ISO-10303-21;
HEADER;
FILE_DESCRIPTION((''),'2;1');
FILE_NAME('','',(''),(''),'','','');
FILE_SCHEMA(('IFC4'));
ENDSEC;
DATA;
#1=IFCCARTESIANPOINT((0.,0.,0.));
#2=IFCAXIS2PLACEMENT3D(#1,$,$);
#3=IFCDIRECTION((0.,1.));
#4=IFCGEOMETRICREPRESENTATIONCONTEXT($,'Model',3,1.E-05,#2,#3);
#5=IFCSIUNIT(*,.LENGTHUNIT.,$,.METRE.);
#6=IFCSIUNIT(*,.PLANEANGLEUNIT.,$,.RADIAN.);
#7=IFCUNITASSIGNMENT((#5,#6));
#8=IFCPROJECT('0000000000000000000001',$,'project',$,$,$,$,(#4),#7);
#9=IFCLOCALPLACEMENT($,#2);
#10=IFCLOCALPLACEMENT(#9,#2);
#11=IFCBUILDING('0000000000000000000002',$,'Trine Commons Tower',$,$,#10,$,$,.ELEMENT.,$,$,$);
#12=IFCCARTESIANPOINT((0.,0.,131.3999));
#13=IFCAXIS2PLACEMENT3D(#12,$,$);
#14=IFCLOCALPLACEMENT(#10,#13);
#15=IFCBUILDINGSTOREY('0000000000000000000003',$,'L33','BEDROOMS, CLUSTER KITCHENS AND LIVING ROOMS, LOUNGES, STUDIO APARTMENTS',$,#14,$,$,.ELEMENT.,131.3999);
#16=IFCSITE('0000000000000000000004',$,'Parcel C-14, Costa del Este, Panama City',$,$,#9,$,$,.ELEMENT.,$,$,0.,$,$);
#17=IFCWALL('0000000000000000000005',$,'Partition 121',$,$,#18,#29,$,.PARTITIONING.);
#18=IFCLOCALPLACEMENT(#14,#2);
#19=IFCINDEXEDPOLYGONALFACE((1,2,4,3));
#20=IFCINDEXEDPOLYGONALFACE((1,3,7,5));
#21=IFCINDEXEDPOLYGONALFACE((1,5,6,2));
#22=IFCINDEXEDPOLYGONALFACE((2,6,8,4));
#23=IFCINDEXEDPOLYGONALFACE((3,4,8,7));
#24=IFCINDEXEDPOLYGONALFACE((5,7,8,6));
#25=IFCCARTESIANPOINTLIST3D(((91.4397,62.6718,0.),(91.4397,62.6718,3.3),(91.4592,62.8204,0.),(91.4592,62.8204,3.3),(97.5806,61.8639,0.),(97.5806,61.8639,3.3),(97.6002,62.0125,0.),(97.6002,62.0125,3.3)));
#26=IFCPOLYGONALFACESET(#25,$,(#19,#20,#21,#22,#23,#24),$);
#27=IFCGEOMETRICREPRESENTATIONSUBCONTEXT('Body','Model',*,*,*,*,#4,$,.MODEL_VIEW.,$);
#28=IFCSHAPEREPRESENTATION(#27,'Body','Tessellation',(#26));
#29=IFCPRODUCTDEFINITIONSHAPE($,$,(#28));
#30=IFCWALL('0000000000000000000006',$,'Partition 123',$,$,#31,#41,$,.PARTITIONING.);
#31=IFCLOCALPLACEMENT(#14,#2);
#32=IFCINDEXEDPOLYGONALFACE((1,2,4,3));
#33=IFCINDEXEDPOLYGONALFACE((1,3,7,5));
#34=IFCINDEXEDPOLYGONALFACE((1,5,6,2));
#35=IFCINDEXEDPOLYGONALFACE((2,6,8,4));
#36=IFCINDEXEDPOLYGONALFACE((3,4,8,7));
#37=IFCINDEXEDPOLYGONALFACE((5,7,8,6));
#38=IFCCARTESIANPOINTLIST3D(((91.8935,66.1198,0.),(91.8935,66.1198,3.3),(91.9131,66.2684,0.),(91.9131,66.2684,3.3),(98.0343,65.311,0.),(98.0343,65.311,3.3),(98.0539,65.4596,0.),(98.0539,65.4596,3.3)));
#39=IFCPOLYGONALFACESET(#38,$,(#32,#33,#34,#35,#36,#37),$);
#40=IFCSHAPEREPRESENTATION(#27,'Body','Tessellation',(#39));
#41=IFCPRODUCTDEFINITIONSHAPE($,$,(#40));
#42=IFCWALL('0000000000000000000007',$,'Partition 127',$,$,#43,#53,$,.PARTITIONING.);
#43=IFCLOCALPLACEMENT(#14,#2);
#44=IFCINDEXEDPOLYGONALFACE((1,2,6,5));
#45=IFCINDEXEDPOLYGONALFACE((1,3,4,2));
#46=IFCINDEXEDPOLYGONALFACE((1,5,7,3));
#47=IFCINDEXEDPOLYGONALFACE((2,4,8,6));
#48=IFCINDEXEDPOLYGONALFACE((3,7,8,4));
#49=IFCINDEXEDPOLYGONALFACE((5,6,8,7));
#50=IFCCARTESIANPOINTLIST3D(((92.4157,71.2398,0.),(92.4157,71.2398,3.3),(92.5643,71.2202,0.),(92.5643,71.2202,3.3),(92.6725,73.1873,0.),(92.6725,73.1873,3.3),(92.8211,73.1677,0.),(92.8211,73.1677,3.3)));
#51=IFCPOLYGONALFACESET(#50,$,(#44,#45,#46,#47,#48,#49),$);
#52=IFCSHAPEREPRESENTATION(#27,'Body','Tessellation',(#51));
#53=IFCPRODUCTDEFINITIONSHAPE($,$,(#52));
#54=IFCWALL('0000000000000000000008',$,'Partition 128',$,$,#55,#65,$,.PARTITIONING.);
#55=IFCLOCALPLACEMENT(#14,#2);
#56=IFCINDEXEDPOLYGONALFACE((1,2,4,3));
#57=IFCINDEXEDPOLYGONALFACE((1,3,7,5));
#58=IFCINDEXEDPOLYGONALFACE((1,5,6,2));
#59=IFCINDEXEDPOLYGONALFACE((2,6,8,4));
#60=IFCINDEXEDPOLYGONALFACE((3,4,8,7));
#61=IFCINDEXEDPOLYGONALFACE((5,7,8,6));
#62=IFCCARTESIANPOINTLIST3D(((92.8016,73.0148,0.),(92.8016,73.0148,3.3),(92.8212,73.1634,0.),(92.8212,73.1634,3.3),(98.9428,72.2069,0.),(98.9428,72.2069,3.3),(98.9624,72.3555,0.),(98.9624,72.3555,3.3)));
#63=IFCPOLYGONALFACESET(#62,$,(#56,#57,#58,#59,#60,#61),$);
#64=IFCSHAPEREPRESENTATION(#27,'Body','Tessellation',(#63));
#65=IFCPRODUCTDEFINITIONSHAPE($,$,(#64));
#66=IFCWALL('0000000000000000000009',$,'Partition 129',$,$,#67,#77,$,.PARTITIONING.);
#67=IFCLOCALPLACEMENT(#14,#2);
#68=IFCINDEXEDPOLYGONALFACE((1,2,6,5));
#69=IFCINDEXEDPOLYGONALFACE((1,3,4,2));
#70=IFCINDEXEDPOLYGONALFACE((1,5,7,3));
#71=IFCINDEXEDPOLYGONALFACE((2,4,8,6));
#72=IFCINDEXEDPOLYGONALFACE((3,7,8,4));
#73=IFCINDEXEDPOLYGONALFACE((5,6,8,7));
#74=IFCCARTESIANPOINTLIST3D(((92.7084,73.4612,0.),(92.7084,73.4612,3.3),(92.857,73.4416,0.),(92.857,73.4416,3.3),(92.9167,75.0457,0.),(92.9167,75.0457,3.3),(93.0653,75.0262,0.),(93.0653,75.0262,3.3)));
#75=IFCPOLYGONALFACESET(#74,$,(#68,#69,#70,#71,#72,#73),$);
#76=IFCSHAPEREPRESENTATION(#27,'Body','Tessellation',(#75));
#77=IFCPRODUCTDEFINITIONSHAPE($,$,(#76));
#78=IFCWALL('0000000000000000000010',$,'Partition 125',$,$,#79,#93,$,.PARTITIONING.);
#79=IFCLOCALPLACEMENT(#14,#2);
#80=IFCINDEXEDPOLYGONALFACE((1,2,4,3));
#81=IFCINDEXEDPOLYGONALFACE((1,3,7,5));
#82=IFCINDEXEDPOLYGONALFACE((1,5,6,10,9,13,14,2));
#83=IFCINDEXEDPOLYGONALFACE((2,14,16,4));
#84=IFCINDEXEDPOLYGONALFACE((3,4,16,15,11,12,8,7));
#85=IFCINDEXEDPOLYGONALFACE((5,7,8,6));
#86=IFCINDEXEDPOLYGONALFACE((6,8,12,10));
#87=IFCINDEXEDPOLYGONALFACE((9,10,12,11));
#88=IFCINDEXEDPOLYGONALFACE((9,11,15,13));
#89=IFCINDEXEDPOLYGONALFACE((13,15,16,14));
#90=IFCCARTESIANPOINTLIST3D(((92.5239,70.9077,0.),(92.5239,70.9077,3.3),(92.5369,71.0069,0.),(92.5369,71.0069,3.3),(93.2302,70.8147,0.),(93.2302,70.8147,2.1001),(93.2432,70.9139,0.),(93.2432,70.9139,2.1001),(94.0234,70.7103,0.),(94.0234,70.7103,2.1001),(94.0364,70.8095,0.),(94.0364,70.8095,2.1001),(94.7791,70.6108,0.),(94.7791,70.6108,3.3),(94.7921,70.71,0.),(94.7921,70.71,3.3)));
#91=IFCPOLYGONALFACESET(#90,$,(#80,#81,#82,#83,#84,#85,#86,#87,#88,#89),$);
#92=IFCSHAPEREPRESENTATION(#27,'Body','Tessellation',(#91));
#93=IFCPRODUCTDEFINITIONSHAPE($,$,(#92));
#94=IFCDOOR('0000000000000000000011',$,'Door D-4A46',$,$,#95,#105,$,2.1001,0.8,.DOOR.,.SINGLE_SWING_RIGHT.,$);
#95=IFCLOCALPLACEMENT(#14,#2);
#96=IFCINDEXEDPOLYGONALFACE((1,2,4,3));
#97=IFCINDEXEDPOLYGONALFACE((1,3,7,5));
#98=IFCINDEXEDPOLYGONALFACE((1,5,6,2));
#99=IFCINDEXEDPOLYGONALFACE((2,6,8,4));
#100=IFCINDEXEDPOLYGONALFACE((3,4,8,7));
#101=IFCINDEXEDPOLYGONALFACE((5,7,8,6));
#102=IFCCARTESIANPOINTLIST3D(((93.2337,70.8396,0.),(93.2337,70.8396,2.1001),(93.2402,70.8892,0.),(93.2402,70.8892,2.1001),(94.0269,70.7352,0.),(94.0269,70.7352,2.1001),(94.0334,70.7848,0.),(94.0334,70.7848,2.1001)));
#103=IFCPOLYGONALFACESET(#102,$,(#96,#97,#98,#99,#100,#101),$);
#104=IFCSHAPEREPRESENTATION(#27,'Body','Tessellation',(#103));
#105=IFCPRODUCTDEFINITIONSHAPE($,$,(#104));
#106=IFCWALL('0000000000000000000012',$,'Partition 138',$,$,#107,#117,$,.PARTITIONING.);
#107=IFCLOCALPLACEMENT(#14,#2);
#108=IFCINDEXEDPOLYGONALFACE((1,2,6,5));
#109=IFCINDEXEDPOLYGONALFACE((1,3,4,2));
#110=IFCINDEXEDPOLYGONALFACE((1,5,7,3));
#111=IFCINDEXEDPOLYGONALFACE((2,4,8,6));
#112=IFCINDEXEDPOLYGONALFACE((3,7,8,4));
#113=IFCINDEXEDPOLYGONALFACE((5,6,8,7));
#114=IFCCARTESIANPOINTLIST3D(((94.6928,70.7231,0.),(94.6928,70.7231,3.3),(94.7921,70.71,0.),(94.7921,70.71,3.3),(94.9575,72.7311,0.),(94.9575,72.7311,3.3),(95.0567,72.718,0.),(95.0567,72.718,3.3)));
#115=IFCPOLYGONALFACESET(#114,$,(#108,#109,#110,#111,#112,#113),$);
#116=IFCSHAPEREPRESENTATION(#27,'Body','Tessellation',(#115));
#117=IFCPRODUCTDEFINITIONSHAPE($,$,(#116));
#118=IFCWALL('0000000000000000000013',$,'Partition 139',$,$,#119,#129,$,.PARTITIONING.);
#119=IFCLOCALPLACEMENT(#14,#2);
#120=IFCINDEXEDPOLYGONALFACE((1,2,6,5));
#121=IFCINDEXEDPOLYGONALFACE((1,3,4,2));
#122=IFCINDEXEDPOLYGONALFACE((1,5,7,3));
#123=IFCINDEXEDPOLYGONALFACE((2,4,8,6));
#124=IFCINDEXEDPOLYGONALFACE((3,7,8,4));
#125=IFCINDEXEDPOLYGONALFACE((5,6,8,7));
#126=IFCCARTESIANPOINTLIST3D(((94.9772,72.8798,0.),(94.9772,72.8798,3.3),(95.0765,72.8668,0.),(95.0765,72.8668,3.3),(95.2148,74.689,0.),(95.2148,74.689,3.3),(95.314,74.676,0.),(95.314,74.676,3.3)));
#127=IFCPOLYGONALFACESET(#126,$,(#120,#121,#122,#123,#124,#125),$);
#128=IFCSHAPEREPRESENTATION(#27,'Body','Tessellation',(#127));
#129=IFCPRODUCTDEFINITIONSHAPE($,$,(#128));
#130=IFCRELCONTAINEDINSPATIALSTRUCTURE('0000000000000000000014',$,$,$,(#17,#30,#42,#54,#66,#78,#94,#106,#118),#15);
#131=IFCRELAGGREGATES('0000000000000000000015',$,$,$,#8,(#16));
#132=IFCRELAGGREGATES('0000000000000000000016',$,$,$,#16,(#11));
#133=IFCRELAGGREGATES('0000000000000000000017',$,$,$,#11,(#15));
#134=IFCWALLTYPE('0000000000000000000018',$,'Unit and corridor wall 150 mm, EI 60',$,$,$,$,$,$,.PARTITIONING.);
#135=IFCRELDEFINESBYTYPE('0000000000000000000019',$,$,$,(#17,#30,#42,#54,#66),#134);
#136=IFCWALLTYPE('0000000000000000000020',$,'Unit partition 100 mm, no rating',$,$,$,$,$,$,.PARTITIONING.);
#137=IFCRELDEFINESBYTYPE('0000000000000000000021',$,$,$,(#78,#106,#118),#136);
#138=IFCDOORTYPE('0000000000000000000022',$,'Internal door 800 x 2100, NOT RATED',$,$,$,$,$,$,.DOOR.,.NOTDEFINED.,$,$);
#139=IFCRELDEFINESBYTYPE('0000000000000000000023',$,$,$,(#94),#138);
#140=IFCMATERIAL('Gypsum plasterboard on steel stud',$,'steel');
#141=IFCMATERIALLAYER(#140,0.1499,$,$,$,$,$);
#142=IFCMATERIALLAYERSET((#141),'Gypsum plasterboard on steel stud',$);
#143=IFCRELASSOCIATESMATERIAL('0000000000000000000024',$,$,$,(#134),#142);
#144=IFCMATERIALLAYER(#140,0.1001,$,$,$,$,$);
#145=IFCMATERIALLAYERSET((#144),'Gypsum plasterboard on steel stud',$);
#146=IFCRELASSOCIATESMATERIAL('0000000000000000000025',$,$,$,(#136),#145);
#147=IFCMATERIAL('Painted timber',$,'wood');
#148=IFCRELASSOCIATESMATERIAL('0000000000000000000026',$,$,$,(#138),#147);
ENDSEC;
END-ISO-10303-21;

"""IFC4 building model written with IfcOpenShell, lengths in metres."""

from ifc_helpers import new_model, si_unit, direction, frame, frame_2d, origin, place, context, subcontext, project, spatial, rectangle, extrude, material, layer, layer_set, type_object, element, fill, save


model = new_model("IFC4")

# Units and contexts
model_context = context("Model", 3, precision=1e-05, world=origin(), true_north=direction((0.0, 1.0)))
body_context = subcontext(model_context, "Body", "Model", "MODEL_VIEW")
ifc_project = project(units=[si_unit("LENGTHUNIT", "METRE"), si_unit("PLANEANGLEUNIT", "RADIAN")], contexts=[model_context])

# Site, building, storey
site_placement = place(None, origin())
site = spatial("IfcSite", under=ifc_project, at=site_placement, Name="Parcel C-14, Costa del Este, Panama City", CompositionType="ELEMENT", RefElevation=0.0)
building_placement = place(site_placement, origin())
building = spatial("IfcBuilding", under=site, at=building_placement, Name="Trine Commons Tower", CompositionType="ELEMENT")
storey_placement = place(building_placement, frame((0.0, 0.0, 131.3999)))
storey = spatial("IfcBuildingStorey", under=building, at=storey_placement, Name="L33", Description="BEDROOMS, CLUSTER KITCHENS AND LIVING ROOMS, LOUNGES, STUDIO APARTMENTS", CompositionType="ELEMENT", Elevation=131.3999)

# Shared definitions
ifc_material_1 = material(Name="Gypsum plasterboard on steel stud", Category="steel")
ifc_layer_1 = layer(ifc_material_1, 0.1499)
ifc_layer_set_1 = layer_set([ifc_layer_1], Name="Gypsum plasterboard on steel stud")
wall_type_1 = type_object("IfcWallType", Name="Unit and corridor wall 150 mm, EI 60", PredefinedType="PARTITIONING", material=ifc_layer_set_1)

# Shared definitions
ifc_material_2 = material(Name="Painted timber", Category="wood")

# Walls
for number, where, z_axis, x_axis, name in (
    (1, (91.4495, 62.7461, 0.0), (0.0, 0.0, 1.0), (0.991457, -0.130431, 0.0), "Partition 121"),
    (2, (91.9033, 66.1941, 0.0), (0.0, 0.0, 1.0), (0.991437, -0.130586, 0.0), "Partition 123"),
):
    element("IfcWall", number, at=place(storey_placement, frame(where, z_axis=z_axis, x_axis=x_axis)), inside=storey, type_object=wall_type_1, Name=name, PredefinedType="PARTITIONING", context=body_context, shape_type="SweptSolid", body=[
        extrude(rectangle(XDim=6.1938, YDim=0.1499, at=frame_2d((3.0969, 0.0))), origin(), (0.0, 0.0, 1.0), 3.3),
    ])
wall_1_placement = place(storey_placement, frame((92.49, 71.23, 0.0), z_axis=(0.0, 0.0, 1.0), x_axis=(0.130747, 0.991416, 0.0)))
element("IfcWall", 3, at=wall_1_placement, inside=storey, type_object=wall_type_1, Name="Partition 127", PredefinedType="PARTITIONING", context=body_context, shape_type="SweptSolid", body=[
    extrude(rectangle(XDim=1.9644, YDim=0.1499, at=frame_2d((0.9822, 0.0))), origin(), (0.0, 0.0, 1.0), 3.3),
])
wall_2_placement = place(storey_placement, frame((92.8113, 73.0891, 0.0), z_axis=(0.0, 0.0, 1.0), x_axis=(0.991458, -0.130426, 0.0)))
element("IfcWall", 4, at=wall_2_placement, inside=storey, type_object=wall_type_1, Name="Partition 128", PredefinedType="PARTITIONING", context=body_context, shape_type="SweptSolid", body=[
    extrude(rectangle(XDim=6.1941, YDim=0.1499, at=frame_2d((3.0972, 0.0))), origin(), (0.0, 0.0, 1.0), 3.3),
])
wall_3_placement = place(storey_placement, frame((92.7827, 73.4514, 0.0), z_axis=(0.0, 0.0, 1.0), x_axis=(0.130312, 0.991473, 0.0)))
element("IfcWall", 5, at=wall_3_placement, inside=storey, type_object=wall_type_1, Name="Partition 129", PredefinedType="PARTITIONING", context=body_context, shape_type="SweptSolid", body=[
    extrude(rectangle(XDim=1.5981, YDim=0.1499, at=frame_2d((0.7991, 0.0))), origin(), (0.0, 0.0, 1.0), 3.3),
])

# Wall, opening, door
ifc_layer_2 = layer(ifc_material_1, 0.1001)
ifc_layer_set_2 = layer_set([ifc_layer_2], Name="Gypsum plasterboard on steel stud")
wall_type_2 = type_object("IfcWallType", Name="Unit partition 100 mm, no rating", PredefinedType="PARTITIONING", material=ifc_layer_set_2)
wall_4_placement = place(storey_placement, frame((92.5305, 70.9573, 0.0), z_axis=(0.0, 0.0, 1.0), x_axis=(0.991446, -0.130518, 0.0)))
wall_4 = element("IfcWall", 6, at=wall_4_placement, inside=storey, type_object=wall_type_2, Name="Partition 125", PredefinedType="PARTITIONING", context=body_context, shape_type="SweptSolid", body=[
    extrude(rectangle(XDim=2.2747, YDim=0.1001, at=frame_2d((1.1372, 0.0))), origin(), (0.0, 0.0, 1.0), 3.3),
])
opening_1_placement = place(wall_4_placement, frame((0.7124, 0.0, 0.0)))
opening_1 = element("IfcOpeningElement", 7, at=opening_1_placement, cuts=wall_4, PredefinedType="OPENING", context=body_context, shape_type="SweptSolid", body=[
    extrude(rectangle(XDim=0.8, YDim=2.1001, at=frame_2d((0.3999, 1.05))), frame((0.0, 0.0601, 0.0), z_axis=(0.0, -1.0, 0.0), x_axis=(1.0, 0.0, 0.0)), (0.0, 0.0, 1.0), 0.1201),
])
door_type_1 = type_object("IfcDoorType", Name="Internal door 800 x 2100, NOT RATED", OperationType="NOTDEFINED", PredefinedType="DOOR", material=ifc_material_2)
door_1_placement = place(opening_1_placement, frame((0.8, 0.0, 0.0), z_axis=(0.0, 0.0, 1.0), x_axis=(-1.0, 0.0, 0.0)))
door_1 = element("IfcDoor", 8, at=door_1_placement, inside=storey, type_object=door_type_1, Name="Door D-4A46", OperationType="SINGLE_SWING_RIGHT", OverallHeight=2.1001, OverallWidth=0.8, PredefinedType="DOOR", context=body_context, shape_type="SweptSolid", body=[
    extrude(rectangle(XDim=0.8, YDim=2.1001, at=frame_2d((0.3999, 1.05))), frame((0.0, 0.0249, 0.0), z_axis=(0.0, -1.0, 0.0), x_axis=(1.0, 0.0, 0.0)), (0.0, 0.0, 1.0), 0.05),
])
fill(opening_1, door_1)

# Walls
wall_5_placement = place(storey_placement, frame((94.7424, 70.7166, 0.0), z_axis=(0.0, 0.0, 1.0), x_axis=(0.130663, 0.991427, 0.0)))
element("IfcWall", 9, at=wall_5_placement, inside=storey, type_object=wall_type_2, Name="Partition 138", PredefinedType="PARTITIONING", context=body_context, shape_type="SweptSolid", body=[
    extrude(rectangle(XDim=2.0254, YDim=0.1001, at=frame_2d((1.0127, 0.0))), origin(), (0.0, 0.0, 1.0), 3.3),
])
wall_6_placement = place(storey_placement, frame((95.0269, 72.8733, 0.0), z_axis=(0.0, 0.0, 1.0), x_axis=(0.130191, 0.991489, 0.0)))
element("IfcWall", 10, at=wall_6_placement, inside=storey, type_object=wall_type_2, Name="Partition 139", PredefinedType="PARTITIONING", context=body_context, shape_type="SweptSolid", body=[
    extrude(rectangle(XDim=1.8247, YDim=0.1001, at=frame_2d((0.9124, 0.0))), origin(), (0.0, 0.0, 1.0), 3.3),
])

save(model, "model.ifc")
